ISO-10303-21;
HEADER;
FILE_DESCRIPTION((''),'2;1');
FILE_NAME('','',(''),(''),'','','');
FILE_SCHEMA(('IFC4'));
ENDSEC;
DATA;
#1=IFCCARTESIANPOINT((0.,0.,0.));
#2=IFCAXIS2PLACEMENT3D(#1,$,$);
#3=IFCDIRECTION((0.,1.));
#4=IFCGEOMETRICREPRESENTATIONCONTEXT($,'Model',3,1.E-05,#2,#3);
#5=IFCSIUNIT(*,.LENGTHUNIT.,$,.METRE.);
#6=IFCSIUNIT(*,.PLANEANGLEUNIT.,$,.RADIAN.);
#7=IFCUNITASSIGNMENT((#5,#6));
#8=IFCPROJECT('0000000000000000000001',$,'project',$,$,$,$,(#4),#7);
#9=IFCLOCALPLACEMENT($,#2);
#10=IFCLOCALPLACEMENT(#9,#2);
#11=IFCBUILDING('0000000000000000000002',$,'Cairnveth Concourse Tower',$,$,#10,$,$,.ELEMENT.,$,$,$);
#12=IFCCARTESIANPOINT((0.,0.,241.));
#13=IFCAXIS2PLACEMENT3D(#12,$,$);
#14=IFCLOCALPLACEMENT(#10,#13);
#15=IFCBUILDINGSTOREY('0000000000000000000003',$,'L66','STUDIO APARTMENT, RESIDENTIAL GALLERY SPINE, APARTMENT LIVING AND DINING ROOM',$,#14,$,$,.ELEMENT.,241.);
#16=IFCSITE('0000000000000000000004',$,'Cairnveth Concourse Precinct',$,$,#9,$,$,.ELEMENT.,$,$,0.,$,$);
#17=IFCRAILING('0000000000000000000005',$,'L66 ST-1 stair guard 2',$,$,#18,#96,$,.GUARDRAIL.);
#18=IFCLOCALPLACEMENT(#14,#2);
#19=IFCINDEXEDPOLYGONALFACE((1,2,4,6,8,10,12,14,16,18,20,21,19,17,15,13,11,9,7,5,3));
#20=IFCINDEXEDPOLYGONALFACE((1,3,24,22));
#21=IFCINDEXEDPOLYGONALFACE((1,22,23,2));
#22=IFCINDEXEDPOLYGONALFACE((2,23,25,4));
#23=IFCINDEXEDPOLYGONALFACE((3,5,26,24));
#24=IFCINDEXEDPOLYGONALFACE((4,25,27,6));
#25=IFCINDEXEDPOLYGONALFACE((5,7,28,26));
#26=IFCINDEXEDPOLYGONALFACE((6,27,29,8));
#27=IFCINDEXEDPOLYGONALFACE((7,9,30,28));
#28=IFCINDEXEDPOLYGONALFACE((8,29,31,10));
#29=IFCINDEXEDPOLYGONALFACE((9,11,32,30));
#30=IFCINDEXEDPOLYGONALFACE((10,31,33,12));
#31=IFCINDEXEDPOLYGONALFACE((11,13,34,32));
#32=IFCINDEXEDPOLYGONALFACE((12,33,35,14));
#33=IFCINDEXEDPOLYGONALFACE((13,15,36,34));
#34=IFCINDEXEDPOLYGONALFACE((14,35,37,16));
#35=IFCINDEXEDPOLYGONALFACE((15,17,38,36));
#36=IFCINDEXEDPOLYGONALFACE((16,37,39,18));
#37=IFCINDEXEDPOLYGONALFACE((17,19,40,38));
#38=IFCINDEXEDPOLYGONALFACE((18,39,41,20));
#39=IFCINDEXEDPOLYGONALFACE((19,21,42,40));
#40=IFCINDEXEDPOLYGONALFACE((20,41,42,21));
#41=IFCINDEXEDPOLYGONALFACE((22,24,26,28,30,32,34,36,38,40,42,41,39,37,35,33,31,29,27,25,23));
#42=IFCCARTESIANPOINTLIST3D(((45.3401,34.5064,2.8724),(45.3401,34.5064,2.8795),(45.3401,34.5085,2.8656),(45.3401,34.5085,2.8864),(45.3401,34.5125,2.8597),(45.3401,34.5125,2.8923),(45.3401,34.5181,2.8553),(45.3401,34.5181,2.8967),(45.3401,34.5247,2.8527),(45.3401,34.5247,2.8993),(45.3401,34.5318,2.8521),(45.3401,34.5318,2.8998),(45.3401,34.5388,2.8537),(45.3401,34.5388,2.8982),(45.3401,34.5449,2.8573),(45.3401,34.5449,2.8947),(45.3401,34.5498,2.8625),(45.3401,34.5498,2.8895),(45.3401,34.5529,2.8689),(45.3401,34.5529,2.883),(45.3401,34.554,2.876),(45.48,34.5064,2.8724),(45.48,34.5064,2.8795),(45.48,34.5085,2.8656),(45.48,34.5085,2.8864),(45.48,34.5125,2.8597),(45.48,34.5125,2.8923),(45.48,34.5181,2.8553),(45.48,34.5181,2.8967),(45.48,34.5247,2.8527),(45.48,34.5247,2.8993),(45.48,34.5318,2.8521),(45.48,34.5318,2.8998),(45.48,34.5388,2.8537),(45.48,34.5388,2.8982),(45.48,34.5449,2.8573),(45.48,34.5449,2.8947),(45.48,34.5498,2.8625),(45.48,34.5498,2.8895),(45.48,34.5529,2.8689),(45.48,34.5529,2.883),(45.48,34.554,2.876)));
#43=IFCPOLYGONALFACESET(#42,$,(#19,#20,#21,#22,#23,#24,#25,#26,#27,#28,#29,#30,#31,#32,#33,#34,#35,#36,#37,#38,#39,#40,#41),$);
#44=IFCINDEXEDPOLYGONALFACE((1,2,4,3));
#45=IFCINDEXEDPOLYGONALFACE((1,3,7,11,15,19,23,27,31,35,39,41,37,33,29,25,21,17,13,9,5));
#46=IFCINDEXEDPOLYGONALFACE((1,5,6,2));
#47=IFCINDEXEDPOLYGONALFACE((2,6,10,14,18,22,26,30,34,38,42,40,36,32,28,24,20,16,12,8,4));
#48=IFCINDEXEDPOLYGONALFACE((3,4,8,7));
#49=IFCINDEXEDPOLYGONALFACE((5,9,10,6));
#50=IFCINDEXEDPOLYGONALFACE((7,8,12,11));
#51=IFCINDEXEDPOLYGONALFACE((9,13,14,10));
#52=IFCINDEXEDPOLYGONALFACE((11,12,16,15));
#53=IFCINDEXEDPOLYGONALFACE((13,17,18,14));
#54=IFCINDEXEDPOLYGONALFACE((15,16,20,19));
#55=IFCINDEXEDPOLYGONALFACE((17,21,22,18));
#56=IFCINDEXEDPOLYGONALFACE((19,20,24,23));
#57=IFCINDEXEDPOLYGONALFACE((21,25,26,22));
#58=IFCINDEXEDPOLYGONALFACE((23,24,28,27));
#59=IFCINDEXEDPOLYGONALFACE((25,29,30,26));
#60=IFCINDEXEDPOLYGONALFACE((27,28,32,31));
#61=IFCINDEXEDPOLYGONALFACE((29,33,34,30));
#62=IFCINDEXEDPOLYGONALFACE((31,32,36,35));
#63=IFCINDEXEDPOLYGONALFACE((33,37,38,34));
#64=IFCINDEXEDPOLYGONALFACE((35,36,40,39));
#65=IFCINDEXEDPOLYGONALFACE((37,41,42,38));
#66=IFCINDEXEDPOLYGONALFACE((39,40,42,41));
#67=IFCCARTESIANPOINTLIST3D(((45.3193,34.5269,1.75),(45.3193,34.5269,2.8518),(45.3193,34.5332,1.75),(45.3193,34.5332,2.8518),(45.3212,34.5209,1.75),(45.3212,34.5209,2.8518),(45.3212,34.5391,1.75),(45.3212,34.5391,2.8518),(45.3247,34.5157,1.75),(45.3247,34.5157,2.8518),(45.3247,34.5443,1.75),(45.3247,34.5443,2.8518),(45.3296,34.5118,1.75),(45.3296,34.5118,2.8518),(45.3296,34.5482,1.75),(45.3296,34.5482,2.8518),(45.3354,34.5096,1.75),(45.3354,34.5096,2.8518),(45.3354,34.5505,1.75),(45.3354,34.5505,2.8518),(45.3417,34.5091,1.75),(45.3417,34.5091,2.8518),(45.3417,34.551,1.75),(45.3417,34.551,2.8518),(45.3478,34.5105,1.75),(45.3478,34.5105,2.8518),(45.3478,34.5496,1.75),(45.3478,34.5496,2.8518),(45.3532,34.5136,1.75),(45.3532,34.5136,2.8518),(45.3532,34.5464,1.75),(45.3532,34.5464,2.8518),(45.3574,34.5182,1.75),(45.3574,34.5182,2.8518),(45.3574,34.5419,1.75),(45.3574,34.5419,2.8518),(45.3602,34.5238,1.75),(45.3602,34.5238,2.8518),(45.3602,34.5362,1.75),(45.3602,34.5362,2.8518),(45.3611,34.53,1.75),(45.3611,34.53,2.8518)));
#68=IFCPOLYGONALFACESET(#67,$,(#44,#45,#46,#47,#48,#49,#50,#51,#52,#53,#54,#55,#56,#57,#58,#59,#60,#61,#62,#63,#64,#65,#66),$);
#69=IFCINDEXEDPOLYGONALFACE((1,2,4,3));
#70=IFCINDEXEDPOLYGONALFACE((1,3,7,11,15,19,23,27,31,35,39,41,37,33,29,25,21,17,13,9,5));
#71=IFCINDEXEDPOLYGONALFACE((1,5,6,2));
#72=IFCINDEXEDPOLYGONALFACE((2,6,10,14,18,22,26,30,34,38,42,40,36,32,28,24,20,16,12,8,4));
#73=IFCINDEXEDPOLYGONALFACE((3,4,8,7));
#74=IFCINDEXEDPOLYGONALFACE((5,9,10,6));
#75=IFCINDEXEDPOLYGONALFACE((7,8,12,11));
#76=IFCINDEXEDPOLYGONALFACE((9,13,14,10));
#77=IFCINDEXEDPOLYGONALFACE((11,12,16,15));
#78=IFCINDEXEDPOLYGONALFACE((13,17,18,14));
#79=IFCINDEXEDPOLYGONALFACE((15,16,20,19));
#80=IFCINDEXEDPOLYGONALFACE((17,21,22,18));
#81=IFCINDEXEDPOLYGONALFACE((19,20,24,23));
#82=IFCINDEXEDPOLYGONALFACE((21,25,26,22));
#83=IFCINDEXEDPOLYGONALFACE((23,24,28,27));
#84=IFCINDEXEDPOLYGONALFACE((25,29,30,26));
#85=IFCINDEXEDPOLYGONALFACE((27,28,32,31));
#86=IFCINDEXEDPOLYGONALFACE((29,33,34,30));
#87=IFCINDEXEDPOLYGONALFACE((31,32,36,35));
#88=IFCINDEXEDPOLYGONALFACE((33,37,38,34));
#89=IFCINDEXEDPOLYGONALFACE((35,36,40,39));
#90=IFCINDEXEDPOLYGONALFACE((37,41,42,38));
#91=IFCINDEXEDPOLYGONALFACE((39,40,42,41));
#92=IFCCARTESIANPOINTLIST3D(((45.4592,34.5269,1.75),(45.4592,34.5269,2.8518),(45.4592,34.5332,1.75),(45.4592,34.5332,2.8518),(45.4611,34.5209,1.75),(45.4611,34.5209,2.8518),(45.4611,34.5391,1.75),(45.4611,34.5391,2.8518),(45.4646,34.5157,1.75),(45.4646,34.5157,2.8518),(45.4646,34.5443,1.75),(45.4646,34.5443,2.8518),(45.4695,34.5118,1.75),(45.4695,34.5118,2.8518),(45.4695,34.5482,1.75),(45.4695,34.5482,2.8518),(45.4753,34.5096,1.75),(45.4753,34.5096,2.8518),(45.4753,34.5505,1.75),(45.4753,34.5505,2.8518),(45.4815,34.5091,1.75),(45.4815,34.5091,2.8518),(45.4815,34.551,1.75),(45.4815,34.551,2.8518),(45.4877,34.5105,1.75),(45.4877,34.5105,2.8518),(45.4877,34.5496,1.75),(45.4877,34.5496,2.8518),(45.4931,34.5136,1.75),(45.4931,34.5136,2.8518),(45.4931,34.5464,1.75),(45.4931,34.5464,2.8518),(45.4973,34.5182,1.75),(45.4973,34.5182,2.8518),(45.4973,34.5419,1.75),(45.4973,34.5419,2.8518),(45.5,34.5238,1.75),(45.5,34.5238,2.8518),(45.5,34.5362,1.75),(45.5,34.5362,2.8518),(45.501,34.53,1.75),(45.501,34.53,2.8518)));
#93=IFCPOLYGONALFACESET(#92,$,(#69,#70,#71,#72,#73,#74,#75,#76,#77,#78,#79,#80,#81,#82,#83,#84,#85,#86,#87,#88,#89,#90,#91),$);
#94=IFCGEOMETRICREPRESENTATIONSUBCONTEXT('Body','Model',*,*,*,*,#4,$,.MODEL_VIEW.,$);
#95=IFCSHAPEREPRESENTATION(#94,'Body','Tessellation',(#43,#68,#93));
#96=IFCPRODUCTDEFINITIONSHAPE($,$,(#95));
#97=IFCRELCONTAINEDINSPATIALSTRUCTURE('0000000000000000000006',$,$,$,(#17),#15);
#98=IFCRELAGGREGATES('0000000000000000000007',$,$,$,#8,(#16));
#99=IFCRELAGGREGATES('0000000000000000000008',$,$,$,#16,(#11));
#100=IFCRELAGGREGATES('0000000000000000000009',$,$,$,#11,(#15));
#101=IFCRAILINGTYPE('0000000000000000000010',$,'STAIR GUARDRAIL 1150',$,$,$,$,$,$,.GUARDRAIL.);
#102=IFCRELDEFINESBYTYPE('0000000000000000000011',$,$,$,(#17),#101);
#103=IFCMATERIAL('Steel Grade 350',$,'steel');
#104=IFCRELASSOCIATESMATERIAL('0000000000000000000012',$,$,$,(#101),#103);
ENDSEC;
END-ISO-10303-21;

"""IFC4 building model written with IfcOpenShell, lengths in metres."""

from ifc_helpers import new_model, si_unit, direction, frame, origin, origin_2d, place, context, subcontext, project, spatial, circle, extrude, material, type_object, element, save


model = new_model("IFC4")

# Units and contexts
model_context = context("Model", 3, precision=1e-05, world=origin(), true_north=direction((0.0, 1.0)))
body_context = subcontext(model_context, "Body", "Model", "MODEL_VIEW")
ifc_project = project(units=[si_unit("LENGTHUNIT", "METRE"), si_unit("PLANEANGLEUNIT", "RADIAN")], contexts=[model_context])

# Site, building, storey
site_placement = place(None, origin())
site = spatial("IfcSite", under=ifc_project, at=site_placement, Name="Cairnveth Concourse Precinct", CompositionType="ELEMENT", RefElevation=0.0)
building_placement = place(site_placement, origin())
building = spatial("IfcBuilding", under=site, at=building_placement, Name="Cairnveth Concourse Tower", CompositionType="ELEMENT")
storey_placement = place(building_placement, frame((0.0, 0.0, 241.0)))
storey = spatial("IfcBuildingStorey", under=building, at=storey_placement, Name="L66", Description="STUDIO APARTMENT, RESIDENTIAL GALLERY SPINE, APARTMENT LIVING AND DINING ROOM", CompositionType="ELEMENT", Elevation=241.0)

# Railing
ifc_material_1 = material(Name="Steel Grade 350", Category="steel")
railing_type_1 = type_object("IfcRailingType", Name="STAIR GUARDRAIL 1150", PredefinedType="GUARDRAIL", material=ifc_material_1)
railing_1_placement = place(storey_placement, frame((45.3401, 34.53, 1.75)))
element("IfcRailing", 1, at=railing_1_placement, inside=storey, type_object=railing_type_1, Name="L66 ST-1 stair guard 2", PredefinedType="GUARDRAIL", context=body_context, shape_type="SweptSolid", body=[
    extrude(circle(Radius=0.0239, at=origin_2d()), frame((0.0, 0.0, 1.126), z_axis=(1.0, 0.0, 0.0), x_axis=(0.0, 1.0, 0.0)), (0.0, 0.0, 1.0), 0.1399),
    extrude(circle(Radius=0.021, at=origin_2d()), origin(), (0.0, 0.0, 1.0), 1.1018),
    extrude(circle(Radius=0.021, at=origin_2d()), frame((0.1399, 0.0, 0.0)), (0.0, 0.0, 1.0), 1.1018),
])

save(model, "model.ifc")
